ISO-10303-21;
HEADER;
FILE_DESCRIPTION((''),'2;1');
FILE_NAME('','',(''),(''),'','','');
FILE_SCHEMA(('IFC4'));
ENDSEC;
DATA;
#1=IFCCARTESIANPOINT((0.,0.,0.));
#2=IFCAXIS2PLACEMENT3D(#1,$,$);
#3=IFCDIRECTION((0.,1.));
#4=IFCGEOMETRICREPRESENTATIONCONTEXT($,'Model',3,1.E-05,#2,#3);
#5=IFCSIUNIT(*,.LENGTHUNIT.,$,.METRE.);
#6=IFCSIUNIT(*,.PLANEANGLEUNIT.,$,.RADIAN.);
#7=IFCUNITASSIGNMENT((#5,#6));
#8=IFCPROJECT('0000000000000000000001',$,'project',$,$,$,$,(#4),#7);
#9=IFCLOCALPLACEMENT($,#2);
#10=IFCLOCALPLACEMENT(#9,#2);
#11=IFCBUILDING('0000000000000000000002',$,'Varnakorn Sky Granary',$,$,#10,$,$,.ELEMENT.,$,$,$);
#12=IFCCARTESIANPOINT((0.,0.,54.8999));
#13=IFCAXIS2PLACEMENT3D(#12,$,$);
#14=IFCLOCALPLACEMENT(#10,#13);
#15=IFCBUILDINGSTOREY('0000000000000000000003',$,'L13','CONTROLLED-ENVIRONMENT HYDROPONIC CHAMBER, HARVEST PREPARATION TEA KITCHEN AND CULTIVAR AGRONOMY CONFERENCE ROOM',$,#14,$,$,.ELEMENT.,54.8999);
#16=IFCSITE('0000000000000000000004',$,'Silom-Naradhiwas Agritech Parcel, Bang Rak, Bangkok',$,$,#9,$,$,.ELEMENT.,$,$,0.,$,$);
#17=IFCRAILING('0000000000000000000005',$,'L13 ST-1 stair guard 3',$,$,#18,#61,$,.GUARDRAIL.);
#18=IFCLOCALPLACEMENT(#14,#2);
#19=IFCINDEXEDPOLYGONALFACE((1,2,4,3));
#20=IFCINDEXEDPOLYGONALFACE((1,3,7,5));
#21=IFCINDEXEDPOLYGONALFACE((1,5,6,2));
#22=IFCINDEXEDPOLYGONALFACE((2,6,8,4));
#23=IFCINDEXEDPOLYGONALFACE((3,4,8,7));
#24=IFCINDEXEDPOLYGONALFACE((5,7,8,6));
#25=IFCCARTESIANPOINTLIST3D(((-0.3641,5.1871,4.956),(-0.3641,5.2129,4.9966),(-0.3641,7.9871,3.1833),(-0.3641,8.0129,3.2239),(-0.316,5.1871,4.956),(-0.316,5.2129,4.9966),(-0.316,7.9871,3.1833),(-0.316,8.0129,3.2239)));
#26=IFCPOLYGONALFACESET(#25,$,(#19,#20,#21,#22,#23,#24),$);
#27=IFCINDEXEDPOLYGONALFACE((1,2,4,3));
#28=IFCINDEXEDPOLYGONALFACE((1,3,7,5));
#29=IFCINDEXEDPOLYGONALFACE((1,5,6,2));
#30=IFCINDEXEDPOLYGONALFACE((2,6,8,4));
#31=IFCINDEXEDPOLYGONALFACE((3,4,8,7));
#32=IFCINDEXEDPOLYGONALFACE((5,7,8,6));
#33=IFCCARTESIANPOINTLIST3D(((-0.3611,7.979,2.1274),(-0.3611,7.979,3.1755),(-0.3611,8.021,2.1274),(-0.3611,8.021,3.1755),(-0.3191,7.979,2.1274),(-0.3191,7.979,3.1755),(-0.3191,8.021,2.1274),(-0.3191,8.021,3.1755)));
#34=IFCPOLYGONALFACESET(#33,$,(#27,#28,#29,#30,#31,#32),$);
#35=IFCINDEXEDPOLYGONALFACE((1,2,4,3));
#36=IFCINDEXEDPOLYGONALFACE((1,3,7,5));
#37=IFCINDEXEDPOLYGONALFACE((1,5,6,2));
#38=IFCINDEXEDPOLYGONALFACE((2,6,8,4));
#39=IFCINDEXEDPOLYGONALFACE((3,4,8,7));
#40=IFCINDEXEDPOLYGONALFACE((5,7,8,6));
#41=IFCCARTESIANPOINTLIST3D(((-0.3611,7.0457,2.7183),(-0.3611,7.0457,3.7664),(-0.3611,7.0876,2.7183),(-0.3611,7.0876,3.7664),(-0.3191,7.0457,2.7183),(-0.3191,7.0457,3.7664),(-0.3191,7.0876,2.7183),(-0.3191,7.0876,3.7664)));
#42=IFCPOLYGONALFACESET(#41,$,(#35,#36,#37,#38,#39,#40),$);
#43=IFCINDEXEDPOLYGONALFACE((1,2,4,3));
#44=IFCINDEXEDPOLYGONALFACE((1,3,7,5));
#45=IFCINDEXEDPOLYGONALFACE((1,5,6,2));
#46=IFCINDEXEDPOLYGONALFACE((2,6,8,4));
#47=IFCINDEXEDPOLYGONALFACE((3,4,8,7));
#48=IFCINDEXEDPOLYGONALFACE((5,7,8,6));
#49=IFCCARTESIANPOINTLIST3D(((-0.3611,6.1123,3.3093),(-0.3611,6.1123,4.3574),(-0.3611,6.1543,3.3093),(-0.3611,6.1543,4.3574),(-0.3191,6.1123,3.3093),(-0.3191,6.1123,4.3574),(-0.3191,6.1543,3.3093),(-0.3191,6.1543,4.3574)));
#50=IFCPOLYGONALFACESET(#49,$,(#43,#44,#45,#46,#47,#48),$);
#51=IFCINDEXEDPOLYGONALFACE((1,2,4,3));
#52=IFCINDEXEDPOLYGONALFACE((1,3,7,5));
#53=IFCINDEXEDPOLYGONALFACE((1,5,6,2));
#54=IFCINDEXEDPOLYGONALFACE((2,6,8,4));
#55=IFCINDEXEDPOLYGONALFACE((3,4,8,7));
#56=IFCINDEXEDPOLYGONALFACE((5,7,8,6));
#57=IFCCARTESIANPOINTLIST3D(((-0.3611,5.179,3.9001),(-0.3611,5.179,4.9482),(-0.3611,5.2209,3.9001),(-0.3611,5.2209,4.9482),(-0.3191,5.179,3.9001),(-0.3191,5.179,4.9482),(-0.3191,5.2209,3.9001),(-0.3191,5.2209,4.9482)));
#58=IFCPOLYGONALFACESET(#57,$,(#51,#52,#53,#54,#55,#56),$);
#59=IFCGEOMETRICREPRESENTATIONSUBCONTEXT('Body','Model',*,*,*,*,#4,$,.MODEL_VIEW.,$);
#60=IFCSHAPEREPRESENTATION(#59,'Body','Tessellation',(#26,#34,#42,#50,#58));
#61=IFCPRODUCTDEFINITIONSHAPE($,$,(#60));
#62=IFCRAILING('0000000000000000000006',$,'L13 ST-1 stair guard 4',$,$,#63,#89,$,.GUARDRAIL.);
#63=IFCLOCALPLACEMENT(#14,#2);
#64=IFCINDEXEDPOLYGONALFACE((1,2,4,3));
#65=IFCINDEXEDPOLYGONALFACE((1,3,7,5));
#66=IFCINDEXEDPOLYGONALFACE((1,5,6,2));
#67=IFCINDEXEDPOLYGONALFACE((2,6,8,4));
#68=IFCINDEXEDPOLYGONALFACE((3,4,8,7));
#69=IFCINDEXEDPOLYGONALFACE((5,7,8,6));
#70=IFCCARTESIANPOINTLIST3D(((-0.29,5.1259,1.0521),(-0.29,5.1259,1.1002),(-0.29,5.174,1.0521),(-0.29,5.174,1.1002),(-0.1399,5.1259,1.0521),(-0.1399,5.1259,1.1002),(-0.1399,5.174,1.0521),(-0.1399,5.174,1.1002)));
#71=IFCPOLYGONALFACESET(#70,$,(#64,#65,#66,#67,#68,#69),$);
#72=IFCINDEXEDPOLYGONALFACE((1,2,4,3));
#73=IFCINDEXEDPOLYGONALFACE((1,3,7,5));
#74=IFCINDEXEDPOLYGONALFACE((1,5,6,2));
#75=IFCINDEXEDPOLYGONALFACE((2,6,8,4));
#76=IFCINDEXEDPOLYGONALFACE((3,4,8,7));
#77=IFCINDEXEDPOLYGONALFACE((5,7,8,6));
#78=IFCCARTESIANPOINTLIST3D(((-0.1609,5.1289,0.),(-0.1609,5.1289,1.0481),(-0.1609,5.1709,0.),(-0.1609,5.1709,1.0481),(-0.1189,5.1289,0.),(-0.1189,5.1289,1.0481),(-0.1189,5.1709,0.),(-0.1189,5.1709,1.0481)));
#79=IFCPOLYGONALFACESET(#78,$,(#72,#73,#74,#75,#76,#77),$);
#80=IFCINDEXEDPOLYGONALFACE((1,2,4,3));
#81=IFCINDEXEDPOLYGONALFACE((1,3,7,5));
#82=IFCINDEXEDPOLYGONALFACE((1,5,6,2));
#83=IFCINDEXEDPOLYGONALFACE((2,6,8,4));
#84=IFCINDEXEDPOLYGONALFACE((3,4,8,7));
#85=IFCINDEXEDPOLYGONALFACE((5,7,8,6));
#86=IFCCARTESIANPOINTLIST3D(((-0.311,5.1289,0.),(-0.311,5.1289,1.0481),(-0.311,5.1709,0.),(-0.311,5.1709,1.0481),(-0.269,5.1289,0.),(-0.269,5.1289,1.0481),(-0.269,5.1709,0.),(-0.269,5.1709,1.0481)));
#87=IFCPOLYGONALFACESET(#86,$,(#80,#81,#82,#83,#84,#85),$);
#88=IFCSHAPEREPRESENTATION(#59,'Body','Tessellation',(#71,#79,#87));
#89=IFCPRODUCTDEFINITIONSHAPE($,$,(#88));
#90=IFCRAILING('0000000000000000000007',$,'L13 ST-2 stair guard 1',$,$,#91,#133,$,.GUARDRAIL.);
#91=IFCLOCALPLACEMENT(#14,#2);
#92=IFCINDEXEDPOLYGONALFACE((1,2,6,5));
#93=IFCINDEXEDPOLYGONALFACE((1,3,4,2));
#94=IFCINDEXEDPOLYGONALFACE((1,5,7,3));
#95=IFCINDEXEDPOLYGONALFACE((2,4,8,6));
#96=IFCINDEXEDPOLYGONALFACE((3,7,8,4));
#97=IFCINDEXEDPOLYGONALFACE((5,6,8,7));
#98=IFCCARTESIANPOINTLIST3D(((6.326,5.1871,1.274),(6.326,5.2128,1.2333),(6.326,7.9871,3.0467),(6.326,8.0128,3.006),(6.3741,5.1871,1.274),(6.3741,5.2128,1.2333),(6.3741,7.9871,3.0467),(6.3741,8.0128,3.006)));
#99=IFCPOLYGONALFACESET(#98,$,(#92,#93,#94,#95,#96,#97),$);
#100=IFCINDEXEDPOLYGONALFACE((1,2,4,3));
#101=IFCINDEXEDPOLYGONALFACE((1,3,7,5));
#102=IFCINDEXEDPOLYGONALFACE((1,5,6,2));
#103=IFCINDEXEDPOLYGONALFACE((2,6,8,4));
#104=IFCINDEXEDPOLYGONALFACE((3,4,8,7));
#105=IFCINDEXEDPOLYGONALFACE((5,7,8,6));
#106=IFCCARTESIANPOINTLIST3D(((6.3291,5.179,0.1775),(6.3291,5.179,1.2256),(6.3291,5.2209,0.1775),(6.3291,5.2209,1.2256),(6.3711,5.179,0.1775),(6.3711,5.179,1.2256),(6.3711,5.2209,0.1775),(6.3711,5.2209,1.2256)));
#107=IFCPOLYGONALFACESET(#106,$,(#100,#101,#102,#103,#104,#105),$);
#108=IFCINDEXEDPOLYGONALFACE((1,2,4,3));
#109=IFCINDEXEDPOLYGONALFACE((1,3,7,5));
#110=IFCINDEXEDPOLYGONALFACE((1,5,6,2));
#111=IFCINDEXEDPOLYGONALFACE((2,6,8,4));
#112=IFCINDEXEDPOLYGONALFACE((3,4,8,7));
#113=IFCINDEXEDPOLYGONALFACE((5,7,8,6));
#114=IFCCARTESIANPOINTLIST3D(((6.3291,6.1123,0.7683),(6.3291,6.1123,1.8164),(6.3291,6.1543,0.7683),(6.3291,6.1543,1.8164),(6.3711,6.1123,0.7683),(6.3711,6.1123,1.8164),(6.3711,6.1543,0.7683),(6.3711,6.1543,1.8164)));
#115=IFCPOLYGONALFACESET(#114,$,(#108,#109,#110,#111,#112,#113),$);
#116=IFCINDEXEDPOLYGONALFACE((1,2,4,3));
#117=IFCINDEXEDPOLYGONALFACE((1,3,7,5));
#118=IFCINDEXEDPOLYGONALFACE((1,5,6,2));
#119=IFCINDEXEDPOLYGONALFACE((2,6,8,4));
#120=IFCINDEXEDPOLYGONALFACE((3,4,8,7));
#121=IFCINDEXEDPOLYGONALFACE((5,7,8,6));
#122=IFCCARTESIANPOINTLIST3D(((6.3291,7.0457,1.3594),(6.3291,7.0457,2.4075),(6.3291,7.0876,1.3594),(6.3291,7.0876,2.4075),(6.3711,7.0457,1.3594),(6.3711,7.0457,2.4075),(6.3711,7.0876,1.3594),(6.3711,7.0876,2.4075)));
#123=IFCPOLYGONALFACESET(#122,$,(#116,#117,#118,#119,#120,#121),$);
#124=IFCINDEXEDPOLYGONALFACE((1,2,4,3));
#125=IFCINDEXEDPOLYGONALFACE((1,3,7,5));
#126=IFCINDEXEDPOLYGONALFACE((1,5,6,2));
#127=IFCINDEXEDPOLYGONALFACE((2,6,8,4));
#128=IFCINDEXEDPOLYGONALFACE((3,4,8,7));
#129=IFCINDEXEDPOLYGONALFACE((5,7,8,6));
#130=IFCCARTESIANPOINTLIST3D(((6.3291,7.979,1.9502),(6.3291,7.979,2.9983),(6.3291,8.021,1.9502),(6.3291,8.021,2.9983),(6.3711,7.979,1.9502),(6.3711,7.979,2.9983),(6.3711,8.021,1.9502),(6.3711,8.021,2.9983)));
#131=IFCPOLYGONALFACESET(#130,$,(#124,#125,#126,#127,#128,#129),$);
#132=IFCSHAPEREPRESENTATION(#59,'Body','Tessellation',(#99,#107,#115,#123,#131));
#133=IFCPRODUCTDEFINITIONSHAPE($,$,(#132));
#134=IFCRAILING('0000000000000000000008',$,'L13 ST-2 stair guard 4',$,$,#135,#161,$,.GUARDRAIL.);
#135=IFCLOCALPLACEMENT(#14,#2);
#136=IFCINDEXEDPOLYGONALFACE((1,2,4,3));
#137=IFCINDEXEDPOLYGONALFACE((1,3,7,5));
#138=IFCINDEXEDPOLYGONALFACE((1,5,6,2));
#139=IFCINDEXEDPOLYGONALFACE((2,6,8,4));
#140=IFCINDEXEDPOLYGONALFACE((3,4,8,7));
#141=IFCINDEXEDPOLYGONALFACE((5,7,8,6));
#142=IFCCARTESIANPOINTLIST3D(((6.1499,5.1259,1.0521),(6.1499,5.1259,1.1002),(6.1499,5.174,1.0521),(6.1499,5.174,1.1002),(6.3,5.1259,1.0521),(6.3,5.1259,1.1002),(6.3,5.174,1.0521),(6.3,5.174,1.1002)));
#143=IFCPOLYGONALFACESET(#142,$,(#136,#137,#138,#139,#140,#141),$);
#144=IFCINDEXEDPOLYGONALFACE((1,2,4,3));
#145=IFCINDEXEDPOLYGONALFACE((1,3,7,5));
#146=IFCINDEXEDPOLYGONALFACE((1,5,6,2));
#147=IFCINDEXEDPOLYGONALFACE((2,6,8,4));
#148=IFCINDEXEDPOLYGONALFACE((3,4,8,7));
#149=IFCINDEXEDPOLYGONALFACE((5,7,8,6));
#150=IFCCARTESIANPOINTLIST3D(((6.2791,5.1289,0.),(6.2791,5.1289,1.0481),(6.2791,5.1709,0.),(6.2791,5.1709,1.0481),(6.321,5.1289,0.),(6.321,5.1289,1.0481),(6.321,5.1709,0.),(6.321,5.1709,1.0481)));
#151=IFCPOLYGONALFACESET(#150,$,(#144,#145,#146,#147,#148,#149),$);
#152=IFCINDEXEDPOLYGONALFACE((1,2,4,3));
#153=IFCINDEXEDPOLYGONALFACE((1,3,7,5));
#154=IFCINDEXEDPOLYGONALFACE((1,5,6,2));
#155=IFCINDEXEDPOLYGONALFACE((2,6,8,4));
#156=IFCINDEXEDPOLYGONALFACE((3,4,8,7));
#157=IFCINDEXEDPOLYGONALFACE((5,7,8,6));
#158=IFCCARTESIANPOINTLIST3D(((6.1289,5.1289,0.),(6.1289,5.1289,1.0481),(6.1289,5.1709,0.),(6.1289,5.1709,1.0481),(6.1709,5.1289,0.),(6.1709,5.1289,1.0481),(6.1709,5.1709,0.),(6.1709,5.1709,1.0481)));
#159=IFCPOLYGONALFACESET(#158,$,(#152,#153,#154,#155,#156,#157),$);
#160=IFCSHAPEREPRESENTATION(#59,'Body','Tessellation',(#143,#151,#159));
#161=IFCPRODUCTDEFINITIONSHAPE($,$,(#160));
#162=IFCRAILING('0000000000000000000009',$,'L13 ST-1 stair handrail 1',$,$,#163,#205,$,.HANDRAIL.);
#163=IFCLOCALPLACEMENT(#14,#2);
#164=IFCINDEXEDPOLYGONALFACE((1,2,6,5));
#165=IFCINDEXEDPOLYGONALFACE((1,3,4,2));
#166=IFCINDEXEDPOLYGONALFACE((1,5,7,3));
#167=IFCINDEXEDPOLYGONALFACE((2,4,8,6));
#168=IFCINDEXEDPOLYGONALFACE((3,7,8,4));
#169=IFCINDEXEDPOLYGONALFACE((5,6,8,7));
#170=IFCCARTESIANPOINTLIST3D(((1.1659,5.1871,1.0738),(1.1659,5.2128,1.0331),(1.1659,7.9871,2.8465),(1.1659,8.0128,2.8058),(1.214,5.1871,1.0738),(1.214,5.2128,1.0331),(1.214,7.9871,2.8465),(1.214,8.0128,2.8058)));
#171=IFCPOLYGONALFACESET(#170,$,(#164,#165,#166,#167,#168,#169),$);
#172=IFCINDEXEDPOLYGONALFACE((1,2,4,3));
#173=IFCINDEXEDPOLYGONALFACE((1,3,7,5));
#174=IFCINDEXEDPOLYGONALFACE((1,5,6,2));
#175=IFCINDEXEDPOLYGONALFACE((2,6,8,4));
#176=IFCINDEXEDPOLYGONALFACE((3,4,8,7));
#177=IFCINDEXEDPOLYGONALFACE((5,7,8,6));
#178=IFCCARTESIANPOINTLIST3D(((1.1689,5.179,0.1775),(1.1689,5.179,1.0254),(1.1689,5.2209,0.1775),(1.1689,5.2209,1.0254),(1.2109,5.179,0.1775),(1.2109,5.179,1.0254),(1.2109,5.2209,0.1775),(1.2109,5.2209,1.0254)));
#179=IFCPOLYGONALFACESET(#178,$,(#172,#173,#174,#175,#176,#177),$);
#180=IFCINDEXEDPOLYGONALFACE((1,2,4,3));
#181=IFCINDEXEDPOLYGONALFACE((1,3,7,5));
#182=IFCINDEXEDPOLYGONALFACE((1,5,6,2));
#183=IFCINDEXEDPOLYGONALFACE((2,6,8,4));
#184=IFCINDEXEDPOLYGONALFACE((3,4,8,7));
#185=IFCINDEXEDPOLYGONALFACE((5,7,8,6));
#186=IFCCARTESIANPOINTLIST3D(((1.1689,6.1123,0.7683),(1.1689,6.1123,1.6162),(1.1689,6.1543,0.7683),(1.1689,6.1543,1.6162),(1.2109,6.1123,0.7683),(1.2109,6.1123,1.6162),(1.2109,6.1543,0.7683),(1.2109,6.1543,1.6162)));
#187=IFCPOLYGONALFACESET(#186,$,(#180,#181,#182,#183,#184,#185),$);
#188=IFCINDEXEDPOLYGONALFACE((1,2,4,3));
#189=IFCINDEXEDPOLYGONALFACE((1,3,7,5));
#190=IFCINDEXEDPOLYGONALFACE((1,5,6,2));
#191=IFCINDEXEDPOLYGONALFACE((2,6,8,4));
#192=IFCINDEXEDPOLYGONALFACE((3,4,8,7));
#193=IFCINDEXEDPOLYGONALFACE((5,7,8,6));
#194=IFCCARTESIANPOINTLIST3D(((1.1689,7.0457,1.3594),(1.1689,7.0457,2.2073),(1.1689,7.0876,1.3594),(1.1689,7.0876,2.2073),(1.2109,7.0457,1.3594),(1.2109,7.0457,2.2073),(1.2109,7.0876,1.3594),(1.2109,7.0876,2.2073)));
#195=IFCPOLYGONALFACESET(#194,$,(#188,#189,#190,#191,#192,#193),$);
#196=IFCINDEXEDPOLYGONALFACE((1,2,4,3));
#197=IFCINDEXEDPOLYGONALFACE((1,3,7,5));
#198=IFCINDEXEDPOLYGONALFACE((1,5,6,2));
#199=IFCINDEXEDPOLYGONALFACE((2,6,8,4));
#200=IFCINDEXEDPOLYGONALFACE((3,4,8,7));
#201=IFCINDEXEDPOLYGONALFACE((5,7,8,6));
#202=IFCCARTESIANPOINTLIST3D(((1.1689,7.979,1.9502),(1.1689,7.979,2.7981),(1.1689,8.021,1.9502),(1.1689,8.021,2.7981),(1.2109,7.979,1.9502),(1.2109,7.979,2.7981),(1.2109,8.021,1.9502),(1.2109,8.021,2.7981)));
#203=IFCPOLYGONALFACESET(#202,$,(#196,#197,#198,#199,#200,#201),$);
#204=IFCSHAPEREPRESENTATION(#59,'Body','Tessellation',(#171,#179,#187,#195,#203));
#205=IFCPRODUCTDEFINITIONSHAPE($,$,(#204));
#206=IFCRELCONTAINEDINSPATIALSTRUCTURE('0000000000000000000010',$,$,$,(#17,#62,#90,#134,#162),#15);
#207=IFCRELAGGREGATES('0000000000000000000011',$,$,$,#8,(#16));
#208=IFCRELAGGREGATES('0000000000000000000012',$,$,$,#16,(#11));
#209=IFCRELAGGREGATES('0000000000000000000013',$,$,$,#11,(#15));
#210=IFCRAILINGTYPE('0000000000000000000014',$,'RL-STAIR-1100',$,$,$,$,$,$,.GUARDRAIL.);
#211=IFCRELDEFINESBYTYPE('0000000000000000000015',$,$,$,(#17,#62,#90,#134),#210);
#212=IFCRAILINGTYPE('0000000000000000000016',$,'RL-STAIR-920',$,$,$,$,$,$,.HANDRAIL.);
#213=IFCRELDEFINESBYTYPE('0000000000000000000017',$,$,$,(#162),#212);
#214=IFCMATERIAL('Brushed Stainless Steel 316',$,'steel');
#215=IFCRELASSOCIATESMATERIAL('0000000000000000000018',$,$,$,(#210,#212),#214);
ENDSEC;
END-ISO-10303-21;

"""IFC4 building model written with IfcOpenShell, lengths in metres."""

from ifc_helpers import new_model, si_unit, direction, frame, origin, origin_2d, place, context, subcontext, project, spatial, rectangle, extrude, material, type_object, element, save


model = new_model("IFC4")

# Units and contexts
model_context = context("Model", 3, precision=1e-05, world=origin(), true_north=direction((0.0, 1.0)))
body_context = subcontext(model_context, "Body", "Model", "MODEL_VIEW")
ifc_project = project(units=[si_unit("LENGTHUNIT", "METRE"), si_unit("PLANEANGLEUNIT", "RADIAN")], contexts=[model_context])

# Site, building, storey
site_placement = place(None, origin())
site = spatial("IfcSite", under=ifc_project, at=site_placement, Name="Silom-Naradhiwas Agritech Parcel, Bang Rak, Bangkok", CompositionType="ELEMENT", RefElevation=0.0)
building_placement = place(site_placement, origin())
building = spatial("IfcBuilding", under=site, at=building_placement, Name="Varnakorn Sky Granary", CompositionType="ELEMENT")
storey_placement = place(building_placement, frame((0.0, 0.0, 54.8999)))
storey = spatial("IfcBuildingStorey", under=building, at=storey_placement, Name="L13", Description="CONTROLLED-ENVIRONMENT HYDROPONIC CHAMBER, HARVEST PREPARATION TEA KITCHEN AND CULTIVAR AGRONOMY CONFERENCE ROOM", CompositionType="ELEMENT", Elevation=54.8999)

# Railings
ifc_material_1 = material(Name="Brushed Stainless Steel 316", Category="steel")
railing_type_1 = type_object("IfcRailingType", Name="RL-STAIR-1100", PredefinedType="GUARDRAIL", material=ifc_material_1)
railing_1_placement = place(storey_placement, frame((-0.3401, 8.0, 2.1274)))
element("IfcRailing", 1, at=railing_1_placement, inside=storey, type_object=railing_type_1, Name="L13 ST-1 stair guard 3", PredefinedType="GUARDRAIL", context=body_context, shape_type="SweptSolid", body=[
    extrude(rectangle(XDim=0.0481, YDim=0.0481, at=origin_2d()), frame((0.0, 0.0, 1.0762), z_axis=(0.0, -0.844909, 0.53491), x_axis=(1.0, 0.0, 0.0)), (0.0, 0.0, 1.0), 3.314),
    extrude(rectangle(XDim=0.042, YDim=0.042, at=origin_2d()), origin(), (0.0, 0.0, 1.0), 1.0481),
    extrude(rectangle(XDim=0.042, YDim=0.042, at=origin_2d()), frame((0.0, -0.9333, 0.5908)), (0.0, 0.0, 1.0), 1.0481),
    extrude(rectangle(XDim=0.042, YDim=0.042, at=origin_2d()), frame((0.0, -1.8667, 1.1819)), (0.0, 0.0, 1.0), 1.0481),
    extrude(rectangle(XDim=0.042, YDim=0.042, at=origin_2d()), frame((0.0, -2.8, 1.7727)), (0.0, 0.0, 1.0), 1.0481),
])
railing_2_placement = place(storey_placement, frame((-0.1399, 5.1499, 0.0)))
element("IfcRailing", 2, at=railing_2_placement, inside=storey, type_object=railing_type_1, Name="L13 ST-1 stair guard 4", PredefinedType="GUARDRAIL", context=body_context, shape_type="SweptSolid", body=[
    extrude(rectangle(XDim=0.0481, YDim=0.0481, at=origin_2d()), frame((0.0, 0.0, 1.0762), z_axis=(-1.0, 0.0, 0.0), x_axis=(0.0, -1.0, 0.0)), (0.0, 0.0, 1.0), 0.1501),
    extrude(rectangle(XDim=0.042, YDim=0.042, at=origin_2d()), origin(), (0.0, 0.0, 1.0), 1.0481),
    extrude(rectangle(XDim=0.042, YDim=0.042, at=origin_2d()), frame((-0.1501, 0.0, 0.0)), (0.0, 0.0, 1.0), 1.0481),
])
railing_3_placement = place(storey_placement, frame((6.3501, 5.2, 0.1775)))
element("IfcRailing", 3, at=railing_3_placement, inside=storey, type_object=railing_type_1, Name="L13 ST-2 stair guard 1", PredefinedType="GUARDRAIL", context=body_context, shape_type="SweptSolid", body=[
    extrude(rectangle(XDim=0.0481, YDim=0.0481, at=origin_2d()), frame((0.0, 0.0, 1.0762), z_axis=(0.0, 0.844909, 0.53491), x_axis=(-1.0, 0.0, 0.0)), (0.0, 0.0, 1.0), 3.314),
    extrude(rectangle(XDim=0.042, YDim=0.042, at=origin_2d()), origin(), (0.0, 0.0, 1.0), 1.0481),
    extrude(rectangle(XDim=0.042, YDim=0.042, at=origin_2d()), frame((0.0, 0.9333, 0.5908)), (0.0, 0.0, 1.0), 1.0481),
    extrude(rectangle(XDim=0.042, YDim=0.042, at=origin_2d()), frame((0.0, 1.8667, 1.1819)), (0.0, 0.0, 1.0), 1.0481),
    extrude(rectangle(XDim=0.042, YDim=0.042, at=origin_2d()), frame((0.0, 2.8, 1.7727)), (0.0, 0.0, 1.0), 1.0481),
])
railing_4_placement = place(storey_placement, frame((6.3, 5.1499, 0.0)))
element("IfcRailing", 4, at=railing_4_placement, inside=storey, type_object=railing_type_1, Name="L13 ST-2 stair guard 4", PredefinedType="GUARDRAIL", context=body_context, shape_type="SweptSolid", body=[
    extrude(rectangle(XDim=0.0481, YDim=0.0481, at=origin_2d()), frame((0.0, 0.0, 1.0762), z_axis=(-1.0, 0.0, 0.0), x_axis=(0.0, -1.0, 0.0)), (0.0, 0.0, 1.0), 0.1501),
    extrude(rectangle(XDim=0.042, YDim=0.042, at=origin_2d()), origin(), (0.0, 0.0, 1.0), 1.0481),
    extrude(rectangle(XDim=0.042, YDim=0.042, at=origin_2d()), frame((-0.1501, 0.0, 0.0)), (0.0, 0.0, 1.0), 1.0481),
])
railing_type_2 = type_object("IfcRailingType", Name="RL-STAIR-920", PredefinedType="HANDRAIL", material=ifc_material_1)
for number, where, name in (
    (5, (1.1899, 5.2, 0.1775), "L13 ST-1 stair handrail 1"),
):
    element("IfcRailing", number, at=place(storey_placement, frame(where)), inside=storey, type_object=railing_type_2, Name=name, PredefinedType="HANDRAIL", context=body_context, shape_type="SweptSolid", body=[
        extrude(rectangle(XDim=0.0481, YDim=0.0481, at=origin_2d()), frame((0.0, 0.0, 0.876), z_axis=(0.0, 0.844909, 0.53491), x_axis=(-1.0, 0.0, 0.0)), (0.0, 0.0, 1.0), 3.314),
        extrude(rectangle(XDim=0.042, YDim=0.042, at=origin_2d()), origin(), (0.0, 0.0, 1.0), 0.8479),
        extrude(rectangle(XDim=0.042, YDim=0.042, at=origin_2d()), frame((0.0, 0.9333, 0.5908)), (0.0, 0.0, 1.0), 0.8479),
        extrude(rectangle(XDim=0.042, YDim=0.042, at=origin_2d()), frame((0.0, 1.8667, 1.1819)), (0.0, 0.0, 1.0), 0.8479),
        extrude(rectangle(XDim=0.042, YDim=0.042, at=origin_2d()), frame((0.0, 2.8, 1.7727)), (0.0, 0.0, 1.0), 0.8479),
    ])

save(model, "model.ifc")
